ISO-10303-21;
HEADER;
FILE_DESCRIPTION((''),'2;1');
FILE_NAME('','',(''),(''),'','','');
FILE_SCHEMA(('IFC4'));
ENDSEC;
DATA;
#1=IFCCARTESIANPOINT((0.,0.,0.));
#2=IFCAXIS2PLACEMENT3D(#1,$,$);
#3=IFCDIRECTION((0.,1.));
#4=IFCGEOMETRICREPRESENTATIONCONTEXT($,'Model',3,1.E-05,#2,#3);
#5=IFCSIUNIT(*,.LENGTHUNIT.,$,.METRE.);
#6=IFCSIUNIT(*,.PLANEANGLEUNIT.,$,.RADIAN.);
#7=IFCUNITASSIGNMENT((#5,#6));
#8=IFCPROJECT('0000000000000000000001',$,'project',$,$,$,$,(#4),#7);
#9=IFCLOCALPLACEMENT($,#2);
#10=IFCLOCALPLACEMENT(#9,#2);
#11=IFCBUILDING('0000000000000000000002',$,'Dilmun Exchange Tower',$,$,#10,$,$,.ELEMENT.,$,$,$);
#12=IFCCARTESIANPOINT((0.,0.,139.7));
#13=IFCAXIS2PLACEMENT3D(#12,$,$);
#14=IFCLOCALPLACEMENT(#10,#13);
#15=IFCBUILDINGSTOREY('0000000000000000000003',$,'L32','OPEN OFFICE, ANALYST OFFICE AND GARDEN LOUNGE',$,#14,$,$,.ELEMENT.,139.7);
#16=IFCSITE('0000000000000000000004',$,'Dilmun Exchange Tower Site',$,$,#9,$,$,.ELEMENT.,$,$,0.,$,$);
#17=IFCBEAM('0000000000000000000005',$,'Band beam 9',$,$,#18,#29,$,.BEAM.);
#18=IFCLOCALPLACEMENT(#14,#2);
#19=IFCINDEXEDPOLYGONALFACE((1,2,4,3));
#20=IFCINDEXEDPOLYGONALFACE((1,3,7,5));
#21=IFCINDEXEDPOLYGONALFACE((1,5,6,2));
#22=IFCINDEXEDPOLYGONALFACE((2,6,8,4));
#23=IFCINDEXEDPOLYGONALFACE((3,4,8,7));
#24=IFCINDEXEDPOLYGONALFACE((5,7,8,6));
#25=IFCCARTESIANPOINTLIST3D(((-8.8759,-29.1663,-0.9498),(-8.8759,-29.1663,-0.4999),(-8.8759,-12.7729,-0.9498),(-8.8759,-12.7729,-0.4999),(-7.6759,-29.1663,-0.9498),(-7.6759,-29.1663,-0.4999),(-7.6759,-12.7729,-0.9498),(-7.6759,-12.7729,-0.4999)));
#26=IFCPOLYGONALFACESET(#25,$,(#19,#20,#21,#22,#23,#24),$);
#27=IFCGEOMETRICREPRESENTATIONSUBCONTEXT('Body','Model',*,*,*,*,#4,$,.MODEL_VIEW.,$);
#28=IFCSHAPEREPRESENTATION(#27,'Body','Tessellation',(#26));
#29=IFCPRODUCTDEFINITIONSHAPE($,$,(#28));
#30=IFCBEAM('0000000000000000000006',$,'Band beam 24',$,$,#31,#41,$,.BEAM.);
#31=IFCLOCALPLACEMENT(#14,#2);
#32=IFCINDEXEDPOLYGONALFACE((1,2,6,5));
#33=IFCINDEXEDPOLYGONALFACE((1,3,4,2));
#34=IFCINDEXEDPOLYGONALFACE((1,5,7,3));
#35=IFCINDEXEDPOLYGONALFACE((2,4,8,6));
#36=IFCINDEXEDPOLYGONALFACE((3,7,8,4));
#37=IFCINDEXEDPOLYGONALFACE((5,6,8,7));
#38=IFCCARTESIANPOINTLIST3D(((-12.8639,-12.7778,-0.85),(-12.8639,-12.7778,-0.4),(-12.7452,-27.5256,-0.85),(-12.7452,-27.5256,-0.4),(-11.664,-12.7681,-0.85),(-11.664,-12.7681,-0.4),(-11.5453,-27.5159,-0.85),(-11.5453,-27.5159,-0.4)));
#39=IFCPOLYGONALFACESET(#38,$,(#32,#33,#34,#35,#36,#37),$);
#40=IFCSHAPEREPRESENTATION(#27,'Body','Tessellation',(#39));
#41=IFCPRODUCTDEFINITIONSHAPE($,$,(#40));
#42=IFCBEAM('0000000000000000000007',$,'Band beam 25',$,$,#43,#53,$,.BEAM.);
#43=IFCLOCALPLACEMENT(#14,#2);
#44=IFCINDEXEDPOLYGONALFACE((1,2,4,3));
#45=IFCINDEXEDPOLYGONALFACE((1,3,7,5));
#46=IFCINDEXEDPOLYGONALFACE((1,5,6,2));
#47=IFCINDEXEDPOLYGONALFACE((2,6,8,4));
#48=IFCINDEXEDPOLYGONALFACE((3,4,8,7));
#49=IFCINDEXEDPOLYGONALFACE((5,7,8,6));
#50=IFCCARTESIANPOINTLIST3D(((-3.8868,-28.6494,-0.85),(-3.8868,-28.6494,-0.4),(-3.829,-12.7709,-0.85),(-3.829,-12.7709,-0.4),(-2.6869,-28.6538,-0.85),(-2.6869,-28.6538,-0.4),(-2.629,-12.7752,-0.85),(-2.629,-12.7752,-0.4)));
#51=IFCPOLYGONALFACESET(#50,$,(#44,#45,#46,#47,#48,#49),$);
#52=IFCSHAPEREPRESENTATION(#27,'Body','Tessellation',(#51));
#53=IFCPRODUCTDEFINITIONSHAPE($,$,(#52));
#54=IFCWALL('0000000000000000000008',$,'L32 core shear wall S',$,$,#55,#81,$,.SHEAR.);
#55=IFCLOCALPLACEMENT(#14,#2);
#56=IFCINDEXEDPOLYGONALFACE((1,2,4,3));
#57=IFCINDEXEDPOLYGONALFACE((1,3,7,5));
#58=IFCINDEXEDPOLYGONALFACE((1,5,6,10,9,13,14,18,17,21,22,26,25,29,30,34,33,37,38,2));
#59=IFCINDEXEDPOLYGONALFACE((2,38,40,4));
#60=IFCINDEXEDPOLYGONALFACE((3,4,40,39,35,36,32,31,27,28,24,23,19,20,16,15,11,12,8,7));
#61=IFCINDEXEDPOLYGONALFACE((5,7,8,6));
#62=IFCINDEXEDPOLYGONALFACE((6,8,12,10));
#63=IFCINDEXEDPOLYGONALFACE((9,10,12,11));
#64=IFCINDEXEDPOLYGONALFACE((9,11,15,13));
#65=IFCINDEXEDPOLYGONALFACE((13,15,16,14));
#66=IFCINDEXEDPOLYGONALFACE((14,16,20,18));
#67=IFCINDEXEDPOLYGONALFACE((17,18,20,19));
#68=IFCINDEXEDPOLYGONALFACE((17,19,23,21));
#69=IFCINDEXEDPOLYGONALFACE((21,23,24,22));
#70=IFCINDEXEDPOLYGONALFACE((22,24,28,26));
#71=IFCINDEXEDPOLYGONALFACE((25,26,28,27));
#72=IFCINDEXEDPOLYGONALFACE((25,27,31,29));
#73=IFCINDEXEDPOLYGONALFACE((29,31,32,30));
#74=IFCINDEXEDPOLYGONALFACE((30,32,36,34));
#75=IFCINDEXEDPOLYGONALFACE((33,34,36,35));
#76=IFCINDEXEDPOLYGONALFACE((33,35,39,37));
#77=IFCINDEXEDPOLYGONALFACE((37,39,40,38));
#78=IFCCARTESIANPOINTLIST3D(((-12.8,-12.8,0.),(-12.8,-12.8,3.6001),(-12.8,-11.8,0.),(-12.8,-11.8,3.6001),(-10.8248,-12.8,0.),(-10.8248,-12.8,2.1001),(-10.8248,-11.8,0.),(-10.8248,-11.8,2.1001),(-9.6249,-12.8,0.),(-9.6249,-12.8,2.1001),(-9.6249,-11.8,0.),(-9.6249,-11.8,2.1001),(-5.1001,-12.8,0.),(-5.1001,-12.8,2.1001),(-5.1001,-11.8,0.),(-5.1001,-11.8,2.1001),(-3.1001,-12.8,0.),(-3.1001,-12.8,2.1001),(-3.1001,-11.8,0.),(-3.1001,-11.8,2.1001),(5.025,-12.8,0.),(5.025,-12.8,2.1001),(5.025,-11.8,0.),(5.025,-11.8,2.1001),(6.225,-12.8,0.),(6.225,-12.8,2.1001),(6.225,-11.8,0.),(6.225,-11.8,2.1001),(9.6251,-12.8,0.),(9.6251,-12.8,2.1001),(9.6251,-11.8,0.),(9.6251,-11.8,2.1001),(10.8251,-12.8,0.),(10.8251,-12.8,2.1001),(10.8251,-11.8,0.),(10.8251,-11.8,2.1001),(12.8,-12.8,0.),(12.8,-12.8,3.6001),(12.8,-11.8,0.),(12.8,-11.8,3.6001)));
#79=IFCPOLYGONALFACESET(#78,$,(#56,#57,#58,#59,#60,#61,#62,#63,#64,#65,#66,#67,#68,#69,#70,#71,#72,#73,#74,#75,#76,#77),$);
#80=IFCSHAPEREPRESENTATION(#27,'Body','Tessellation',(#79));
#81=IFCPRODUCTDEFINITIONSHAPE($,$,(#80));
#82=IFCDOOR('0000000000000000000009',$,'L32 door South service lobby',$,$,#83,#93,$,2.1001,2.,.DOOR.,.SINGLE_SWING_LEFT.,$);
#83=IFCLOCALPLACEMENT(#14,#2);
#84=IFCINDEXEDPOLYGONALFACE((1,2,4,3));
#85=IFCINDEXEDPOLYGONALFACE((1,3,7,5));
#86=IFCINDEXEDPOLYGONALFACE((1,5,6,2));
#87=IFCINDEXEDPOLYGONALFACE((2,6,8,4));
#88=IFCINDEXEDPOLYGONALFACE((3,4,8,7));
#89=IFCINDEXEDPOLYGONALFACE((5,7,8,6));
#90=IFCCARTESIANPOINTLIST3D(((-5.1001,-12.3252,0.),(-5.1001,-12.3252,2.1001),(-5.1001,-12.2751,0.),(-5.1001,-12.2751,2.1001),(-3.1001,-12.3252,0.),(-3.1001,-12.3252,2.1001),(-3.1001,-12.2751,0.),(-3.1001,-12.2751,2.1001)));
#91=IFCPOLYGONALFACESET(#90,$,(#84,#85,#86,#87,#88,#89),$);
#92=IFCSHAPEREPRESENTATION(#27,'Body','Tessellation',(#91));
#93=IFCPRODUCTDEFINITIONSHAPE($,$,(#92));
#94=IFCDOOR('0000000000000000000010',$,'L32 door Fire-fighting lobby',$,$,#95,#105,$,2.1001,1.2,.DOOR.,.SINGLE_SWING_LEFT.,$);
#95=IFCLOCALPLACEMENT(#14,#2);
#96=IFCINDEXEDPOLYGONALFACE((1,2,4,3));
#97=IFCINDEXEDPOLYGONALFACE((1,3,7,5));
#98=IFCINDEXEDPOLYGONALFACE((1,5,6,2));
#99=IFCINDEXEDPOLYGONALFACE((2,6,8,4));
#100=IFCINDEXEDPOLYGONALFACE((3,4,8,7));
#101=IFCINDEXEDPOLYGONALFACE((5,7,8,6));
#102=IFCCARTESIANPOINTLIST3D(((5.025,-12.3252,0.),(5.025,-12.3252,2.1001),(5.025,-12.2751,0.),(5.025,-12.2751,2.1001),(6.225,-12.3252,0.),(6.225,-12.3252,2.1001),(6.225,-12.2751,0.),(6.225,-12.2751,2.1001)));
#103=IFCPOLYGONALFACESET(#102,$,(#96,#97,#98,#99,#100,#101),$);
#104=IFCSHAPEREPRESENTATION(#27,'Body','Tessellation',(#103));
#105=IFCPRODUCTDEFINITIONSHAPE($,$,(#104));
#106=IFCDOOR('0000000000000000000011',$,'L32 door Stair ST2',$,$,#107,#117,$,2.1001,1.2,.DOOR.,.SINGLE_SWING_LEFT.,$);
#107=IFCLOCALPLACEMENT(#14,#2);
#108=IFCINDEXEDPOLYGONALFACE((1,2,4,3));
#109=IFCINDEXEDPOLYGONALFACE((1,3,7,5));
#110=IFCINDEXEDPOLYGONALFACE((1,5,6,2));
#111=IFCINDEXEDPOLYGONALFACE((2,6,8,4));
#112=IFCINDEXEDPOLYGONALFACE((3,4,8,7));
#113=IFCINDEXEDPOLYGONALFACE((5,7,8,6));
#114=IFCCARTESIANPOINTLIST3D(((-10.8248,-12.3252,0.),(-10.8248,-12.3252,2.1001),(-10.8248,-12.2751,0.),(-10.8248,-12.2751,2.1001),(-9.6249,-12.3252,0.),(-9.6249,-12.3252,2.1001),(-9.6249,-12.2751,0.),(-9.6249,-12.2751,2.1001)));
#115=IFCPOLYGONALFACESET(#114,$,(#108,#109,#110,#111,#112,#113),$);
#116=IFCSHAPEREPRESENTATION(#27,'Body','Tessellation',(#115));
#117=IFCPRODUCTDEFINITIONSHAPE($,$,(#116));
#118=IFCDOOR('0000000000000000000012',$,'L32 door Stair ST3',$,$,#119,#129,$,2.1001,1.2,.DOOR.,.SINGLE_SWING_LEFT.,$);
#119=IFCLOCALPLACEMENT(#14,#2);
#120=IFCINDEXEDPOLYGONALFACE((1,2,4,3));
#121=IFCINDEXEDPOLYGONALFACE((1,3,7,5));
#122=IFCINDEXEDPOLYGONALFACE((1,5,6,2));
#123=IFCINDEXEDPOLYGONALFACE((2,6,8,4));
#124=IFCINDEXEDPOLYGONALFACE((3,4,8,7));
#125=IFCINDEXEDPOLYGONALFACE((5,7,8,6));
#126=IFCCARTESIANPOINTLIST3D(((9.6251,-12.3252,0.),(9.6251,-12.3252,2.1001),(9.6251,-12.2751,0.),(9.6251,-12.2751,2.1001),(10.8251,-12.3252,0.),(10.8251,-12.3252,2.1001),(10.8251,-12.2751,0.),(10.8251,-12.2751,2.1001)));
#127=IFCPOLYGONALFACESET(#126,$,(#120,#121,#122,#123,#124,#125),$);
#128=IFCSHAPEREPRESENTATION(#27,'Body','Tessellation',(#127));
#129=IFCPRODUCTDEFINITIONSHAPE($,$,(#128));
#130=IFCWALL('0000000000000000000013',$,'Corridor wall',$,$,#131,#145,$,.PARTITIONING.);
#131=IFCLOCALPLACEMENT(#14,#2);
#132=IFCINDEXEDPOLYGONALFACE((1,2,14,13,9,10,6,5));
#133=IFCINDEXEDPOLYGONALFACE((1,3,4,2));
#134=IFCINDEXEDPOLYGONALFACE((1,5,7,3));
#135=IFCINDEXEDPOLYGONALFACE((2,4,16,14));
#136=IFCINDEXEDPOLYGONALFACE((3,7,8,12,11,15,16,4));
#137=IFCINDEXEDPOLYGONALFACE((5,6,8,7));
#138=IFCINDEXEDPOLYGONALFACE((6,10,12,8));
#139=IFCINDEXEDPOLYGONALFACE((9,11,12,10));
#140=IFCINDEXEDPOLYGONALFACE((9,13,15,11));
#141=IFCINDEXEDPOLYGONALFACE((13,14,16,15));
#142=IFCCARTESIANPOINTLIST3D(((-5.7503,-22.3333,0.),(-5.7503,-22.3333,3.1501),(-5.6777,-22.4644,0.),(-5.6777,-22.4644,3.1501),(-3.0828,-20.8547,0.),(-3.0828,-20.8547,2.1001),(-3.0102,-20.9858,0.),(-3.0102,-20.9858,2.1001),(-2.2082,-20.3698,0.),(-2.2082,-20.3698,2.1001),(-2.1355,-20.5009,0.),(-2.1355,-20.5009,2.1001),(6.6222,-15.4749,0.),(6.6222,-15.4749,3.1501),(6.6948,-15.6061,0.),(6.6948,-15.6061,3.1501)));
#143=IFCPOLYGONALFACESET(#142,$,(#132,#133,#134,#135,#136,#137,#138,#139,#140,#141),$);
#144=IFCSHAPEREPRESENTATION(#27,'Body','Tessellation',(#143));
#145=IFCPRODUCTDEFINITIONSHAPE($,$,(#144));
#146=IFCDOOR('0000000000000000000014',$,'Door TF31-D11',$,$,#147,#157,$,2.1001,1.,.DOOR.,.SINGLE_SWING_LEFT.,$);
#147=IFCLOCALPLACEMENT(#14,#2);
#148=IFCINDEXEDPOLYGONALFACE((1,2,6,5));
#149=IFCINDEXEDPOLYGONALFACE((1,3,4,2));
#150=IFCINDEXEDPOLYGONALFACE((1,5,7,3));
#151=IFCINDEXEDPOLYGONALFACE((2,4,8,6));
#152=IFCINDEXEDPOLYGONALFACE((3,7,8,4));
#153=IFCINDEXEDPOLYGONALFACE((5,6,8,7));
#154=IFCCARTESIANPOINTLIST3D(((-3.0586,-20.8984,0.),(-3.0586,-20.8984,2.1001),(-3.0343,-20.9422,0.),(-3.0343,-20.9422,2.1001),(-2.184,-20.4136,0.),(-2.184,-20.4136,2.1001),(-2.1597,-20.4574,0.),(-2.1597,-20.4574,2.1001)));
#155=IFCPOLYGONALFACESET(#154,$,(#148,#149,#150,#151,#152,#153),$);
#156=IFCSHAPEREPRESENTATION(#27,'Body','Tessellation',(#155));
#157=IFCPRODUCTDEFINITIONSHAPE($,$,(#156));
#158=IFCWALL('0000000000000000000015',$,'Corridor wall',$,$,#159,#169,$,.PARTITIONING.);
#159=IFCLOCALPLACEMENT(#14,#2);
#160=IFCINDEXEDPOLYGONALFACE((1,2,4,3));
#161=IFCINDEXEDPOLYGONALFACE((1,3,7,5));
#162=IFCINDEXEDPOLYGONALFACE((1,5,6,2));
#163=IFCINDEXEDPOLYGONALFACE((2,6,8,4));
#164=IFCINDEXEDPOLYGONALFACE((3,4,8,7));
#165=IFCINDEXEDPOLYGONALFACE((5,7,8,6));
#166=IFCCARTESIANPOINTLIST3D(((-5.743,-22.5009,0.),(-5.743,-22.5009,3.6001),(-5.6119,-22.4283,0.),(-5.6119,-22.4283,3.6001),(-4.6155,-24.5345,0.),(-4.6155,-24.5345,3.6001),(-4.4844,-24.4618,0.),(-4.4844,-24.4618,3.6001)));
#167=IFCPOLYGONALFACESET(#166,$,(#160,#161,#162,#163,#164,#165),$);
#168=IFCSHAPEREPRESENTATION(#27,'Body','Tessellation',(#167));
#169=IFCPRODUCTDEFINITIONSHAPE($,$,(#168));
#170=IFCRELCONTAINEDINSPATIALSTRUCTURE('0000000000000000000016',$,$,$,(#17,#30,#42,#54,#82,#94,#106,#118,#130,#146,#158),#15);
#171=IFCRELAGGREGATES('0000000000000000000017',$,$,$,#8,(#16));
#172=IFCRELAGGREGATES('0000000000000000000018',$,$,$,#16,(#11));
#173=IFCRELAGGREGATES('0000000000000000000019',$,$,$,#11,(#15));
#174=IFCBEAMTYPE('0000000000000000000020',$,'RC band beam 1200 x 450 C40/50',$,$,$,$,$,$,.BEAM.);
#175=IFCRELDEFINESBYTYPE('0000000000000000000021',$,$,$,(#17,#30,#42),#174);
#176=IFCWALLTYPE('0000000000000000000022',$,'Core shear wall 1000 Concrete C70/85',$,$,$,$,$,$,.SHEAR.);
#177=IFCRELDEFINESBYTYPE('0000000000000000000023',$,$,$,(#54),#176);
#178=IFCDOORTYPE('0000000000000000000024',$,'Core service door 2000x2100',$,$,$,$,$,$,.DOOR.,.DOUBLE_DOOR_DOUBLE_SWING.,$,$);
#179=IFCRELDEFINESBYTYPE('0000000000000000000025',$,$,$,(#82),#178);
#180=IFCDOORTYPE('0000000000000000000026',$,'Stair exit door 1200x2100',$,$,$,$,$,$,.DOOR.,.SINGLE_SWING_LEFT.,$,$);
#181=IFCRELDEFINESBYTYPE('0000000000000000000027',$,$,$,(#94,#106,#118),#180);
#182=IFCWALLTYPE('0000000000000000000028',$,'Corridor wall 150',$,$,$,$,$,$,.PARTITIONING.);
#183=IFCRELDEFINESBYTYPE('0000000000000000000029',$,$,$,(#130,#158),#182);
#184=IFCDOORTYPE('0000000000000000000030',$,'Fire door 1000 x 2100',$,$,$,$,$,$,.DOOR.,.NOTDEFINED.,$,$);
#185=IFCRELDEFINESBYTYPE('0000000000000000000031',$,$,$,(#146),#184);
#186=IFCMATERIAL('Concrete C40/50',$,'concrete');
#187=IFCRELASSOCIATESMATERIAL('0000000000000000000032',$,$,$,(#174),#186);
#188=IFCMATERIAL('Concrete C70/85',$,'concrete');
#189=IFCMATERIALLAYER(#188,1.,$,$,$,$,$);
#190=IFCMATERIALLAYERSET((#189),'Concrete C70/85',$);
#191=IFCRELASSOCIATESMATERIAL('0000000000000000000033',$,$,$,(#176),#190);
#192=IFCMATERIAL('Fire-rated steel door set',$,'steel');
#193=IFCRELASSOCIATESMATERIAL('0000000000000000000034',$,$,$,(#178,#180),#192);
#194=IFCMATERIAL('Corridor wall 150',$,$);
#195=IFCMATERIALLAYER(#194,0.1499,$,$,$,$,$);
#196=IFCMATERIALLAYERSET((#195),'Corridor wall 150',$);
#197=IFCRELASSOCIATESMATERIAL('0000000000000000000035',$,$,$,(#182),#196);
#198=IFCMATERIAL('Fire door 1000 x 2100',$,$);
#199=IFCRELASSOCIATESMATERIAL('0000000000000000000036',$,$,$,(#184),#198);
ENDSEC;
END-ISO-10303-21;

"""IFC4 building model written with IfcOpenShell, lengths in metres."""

from ifc_helpers import new_model, si_unit, direction, frame, frame_2d, origin, origin_2d, place, context, subcontext, project, spatial, rectangle, extrude, material, layer, layer_set, material_profile, profile_set, type_object, element, fill, save


model = new_model("IFC4")

# Units and contexts
model_context = context("Model", 3, precision=1e-05, world=origin(), true_north=direction((0.0, 1.0)))
body_context = subcontext(model_context, "Body", "Model", "MODEL_VIEW")
ifc_project = project(units=[si_unit("LENGTHUNIT", "METRE"), si_unit("PLANEANGLEUNIT", "RADIAN")], contexts=[model_context])

# Site, building, storey
site_placement = place(None, origin())
site = spatial("IfcSite", under=ifc_project, at=site_placement, Name="Dilmun Exchange Tower Site", CompositionType="ELEMENT", RefElevation=0.0)
building_placement = place(site_placement, origin())
building = spatial("IfcBuilding", under=site, at=building_placement, Name="Dilmun Exchange Tower", CompositionType="ELEMENT")
storey_placement = place(building_placement, frame((0.0, 0.0, 139.7)))
storey = spatial("IfcBuildingStorey", under=building, at=storey_placement, Name="L32", Description="OPEN OFFICE, ANALYST OFFICE AND GARDEN LOUNGE", CompositionType="ELEMENT", Elevation=139.7)

# Beams
ifc_material_1 = material(Name="Concrete C40/50", Category="concrete")
ifc_material_profile = material_profile(ifc_material_1, rectangle(XDim=1.2, YDim=0.45, at=origin_2d()), Name="1200 x 450")
ifc_profile_set = profile_set([ifc_material_profile], Name="Concrete C40/50")
beam_type = type_object("IfcBeamType", Name="RC band beam 1200 x 450 C40/50", PredefinedType="BEAM", material=ifc_profile_set)
beam_1_placement = place(storey_placement, frame((-8.2759, -29.1663, -0.7249), z_axis=(0.0, 1.0, 0.0), x_axis=(-1.0, 0.0, 0.0)))
element("IfcBeam", 1, at=beam_1_placement, inside=storey, type_object=beam_type, Name="Band beam 9", PredefinedType="BEAM", context=body_context, shape_type="SweptSolid", body=[
    extrude(rectangle(XDim=1.2, YDim=0.45, at=origin_2d()), origin(), (0.0, 0.0, 1.0), 16.3933),
])
beam_2_placement = place(storey_placement, frame((-12.1453, -27.5208, -0.625), z_axis=(-0.008045, 0.999968, 0.0), x_axis=(-0.999968, -0.008045, 0.0)))
element("IfcBeam", 2, at=beam_2_placement, inside=storey, type_object=beam_type, Name="Band beam 24", PredefinedType="BEAM", context=body_context, shape_type="SweptSolid", body=[
    extrude(rectangle(XDim=1.2, YDim=0.45, at=origin_2d()), origin(), (0.0, 0.0, 1.0), 14.7483),
])
beam_3_placement = place(storey_placement, frame((-3.2869, -28.6516, -0.625), z_axis=(0.003644, 0.999993, 0.0), x_axis=(-0.999993, 0.003644, 0.0)))
element("IfcBeam", 3, at=beam_3_placement, inside=storey, type_object=beam_type, Name="Band beam 25", PredefinedType="BEAM", context=body_context, shape_type="SweptSolid", body=[
    extrude(rectangle(XDim=1.2, YDim=0.45, at=origin_2d()), origin(), (0.0, 0.0, 1.0), 15.8787),
])

# Wall, openings, doors
ifc_material_2 = material(Name="Concrete C70/85", Category="concrete")
ifc_layer_1 = layer(ifc_material_2, 1.0)
ifc_layer_set_1 = layer_set([ifc_layer_1], Name="Concrete C70/85")
wall_type_1 = type_object("IfcWallType", Name="Core shear wall 1000 Concrete C70/85", PredefinedType="SHEAR", material=ifc_layer_set_1)
wall_1_placement = place(storey_placement, frame((-12.8, -12.3, 0.0), z_axis=(0.0, 0.0, 1.0), x_axis=(1.0, 0.0, 0.0)))
wall_1 = element("IfcWall", 4, at=wall_1_placement, inside=storey, type_object=wall_type_1, Name="L32 core shear wall S", PredefinedType="SHEAR", context=body_context, shape_type="SweptSolid", body=[
    extrude(rectangle(XDim=25.6001, YDim=1.0, at=frame_2d((12.8, 0.0))), origin(), (0.0, 0.0, 1.0), 3.6001),
])
opening_1_placement = place(wall_1_placement, frame((7.7, 0.0, 0.0)))
opening_1 = element("IfcOpeningElement", 5, at=opening_1_placement, cuts=wall_1, PredefinedType="OPENING", context=body_context, shape_type="SweptSolid", body=[
    extrude(rectangle(XDim=2.0, YDim=2.1001, at=frame_2d((1.0, 1.05))), frame((0.0, 0.51, 0.0), z_axis=(0.0, -1.0, 0.0), x_axis=(1.0, 0.0, 0.0)), (0.0, 0.0, 1.0), 1.02),
])
opening_2_placement = place(wall_1_placement, frame((17.825, 0.0, 0.0)))
opening_2 = element("IfcOpeningElement", 6, at=opening_2_placement, cuts=wall_1, PredefinedType="OPENING", context=body_context, shape_type="SweptSolid", body=[
    extrude(rectangle(XDim=1.2, YDim=2.1001, at=frame_2d((0.6001, 1.05))), frame((0.0, 0.51, 0.0), z_axis=(0.0, -1.0, 0.0), x_axis=(1.0, 0.0, 0.0)), (0.0, 0.0, 1.0), 1.02),
])
opening_3_placement = place(wall_1_placement, frame((1.9751, 0.0, 0.0)))
opening_3 = element("IfcOpeningElement", 7, at=opening_3_placement, cuts=wall_1, PredefinedType="OPENING", context=body_context, shape_type="SweptSolid", body=[
    extrude(rectangle(XDim=1.2, YDim=2.1001, at=frame_2d((0.6001, 1.05))), frame((0.0, 0.51, 0.0), z_axis=(0.0, -1.0, 0.0), x_axis=(1.0, 0.0, 0.0)), (0.0, 0.0, 1.0), 1.02),
])
opening_4_placement = place(wall_1_placement, frame((22.425, 0.0, 0.0)))
opening_4 = element("IfcOpeningElement", 8, at=opening_4_placement, cuts=wall_1, PredefinedType="OPENING", context=body_context, shape_type="SweptSolid", body=[
    extrude(rectangle(XDim=1.2, YDim=2.1001, at=frame_2d((0.6001, 1.05))), frame((0.0, 0.51, 0.0), z_axis=(0.0, -1.0, 0.0), x_axis=(1.0, 0.0, 0.0)), (0.0, 0.0, 1.0), 1.02),
])
ifc_material_3 = material(Name="Fire-rated steel door set", Category="steel")
door_type_1 = type_object("IfcDoorType", Name="Core service door 2000x2100", OperationType="DOUBLE_DOOR_DOUBLE_SWING", PredefinedType="DOOR", material=ifc_material_3)
door_1_placement = place(opening_1_placement, origin())
door_1 = element("IfcDoor", 9, at=door_1_placement, inside=storey, type_object=door_type_1, Name="L32 door South service lobby", OperationType="SINGLE_SWING_LEFT", OverallHeight=2.1001, OverallWidth=2.0, PredefinedType="DOOR", context=body_context, shape_type="SweptSolid", body=[
    extrude(rectangle(XDim=2.0, YDim=2.1001, at=frame_2d((1.0, 1.05))), frame((0.0, 0.0249, 0.0), z_axis=(0.0, -1.0, 0.0), x_axis=(1.0, 0.0, 0.0)), (0.0, 0.0, 1.0), 0.05),
])
fill(opening_1, door_1)
door_type_2 = type_object("IfcDoorType", Name="Stair exit door 1200x2100", OperationType="SINGLE_SWING_LEFT", PredefinedType="DOOR", material=ifc_material_3)
door_2_placement = place(opening_2_placement, origin())
door_2 = element("IfcDoor", 10, at=door_2_placement, inside=storey, type_object=door_type_2, Name="L32 door Fire-fighting lobby", OperationType="SINGLE_SWING_LEFT", OverallHeight=2.1001, OverallWidth=1.2, PredefinedType="DOOR", context=body_context, shape_type="SweptSolid", body=[
    extrude(rectangle(XDim=1.2, YDim=2.1001, at=frame_2d((0.6001, 1.05))), frame((0.0, 0.0249, 0.0), z_axis=(0.0, -1.0, 0.0), x_axis=(1.0, 0.0, 0.0)), (0.0, 0.0, 1.0), 0.05),
])
fill(opening_2, door_2)
door_3_placement = place(opening_3_placement, origin())
door_3 = element("IfcDoor", 11, at=door_3_placement, inside=storey, type_object=door_type_2, Name="L32 door Stair ST2", OperationType="SINGLE_SWING_LEFT", OverallHeight=2.1001, OverallWidth=1.2, PredefinedType="DOOR", context=body_context, shape_type="SweptSolid", body=[
    extrude(rectangle(XDim=1.2, YDim=2.1001, at=frame_2d((0.6001, 1.05))), frame((0.0, 0.0249, 0.0), z_axis=(0.0, -1.0, 0.0), x_axis=(1.0, 0.0, 0.0)), (0.0, 0.0, 1.0), 0.05),
])
fill(opening_3, door_3)
door_4_placement = place(opening_4_placement, origin())
door_4 = element("IfcDoor", 12, at=door_4_placement, inside=storey, type_object=door_type_2, Name="L32 door Stair ST3", OperationType="SINGLE_SWING_LEFT", OverallHeight=2.1001, OverallWidth=1.2, PredefinedType="DOOR", context=body_context, shape_type="SweptSolid", body=[
    extrude(rectangle(XDim=1.2, YDim=2.1001, at=frame_2d((0.6001, 1.05))), frame((0.0, 0.0249, 0.0), z_axis=(0.0, -1.0, 0.0), x_axis=(1.0, 0.0, 0.0)), (0.0, 0.0, 1.0), 0.05),
])
fill(opening_4, door_4)

# Wall, opening, door
ifc_material_4 = material(Name="Corridor wall 150")
ifc_layer_2 = layer(ifc_material_4, 0.1499)
ifc_layer_set_2 = layer_set([ifc_layer_2], Name="Corridor wall 150")
wall_type_2 = type_object("IfcWallType", Name="Corridor wall 150", PredefinedType="PARTITIONING", material=ifc_layer_set_2)
wall_2_placement = place(storey_placement, frame((-5.7141, -22.3989, 0.0), z_axis=(0.0, 0.0, 1.0), x_axis=(0.874614, 0.484819, 0.0)))
wall_2 = element("IfcWall", 13, at=wall_2_placement, inside=storey, type_object=wall_type_2, Name="Corridor wall", PredefinedType="PARTITIONING", context=body_context, shape_type="SweptSolid", body=[
    extrude(rectangle(XDim=14.1462, YDim=0.1499, at=frame_2d((7.0732, 0.0))), origin(), (0.0, 0.0, 1.0), 3.1501),
])
opening_5_placement = place(wall_2_placement, frame((3.05, 0.0, 0.0)))
opening_5 = element("IfcOpeningElement", 14, at=opening_5_placement, cuts=wall_2, PredefinedType="OPENING", context=body_context, shape_type="SweptSolid", body=[
    extrude(rectangle(XDim=1.0, YDim=2.1001, at=frame_2d((0.5, 1.05))), frame((0.0, 0.085, 0.0), z_axis=(0.0, -1.0, 0.0), x_axis=(1.0, 0.0, 0.0)), (0.0, 0.0, 1.0), 0.1699),
])
ifc_material_5 = material(Name="Fire door 1000 x 2100")
door_type_3 = type_object("IfcDoorType", Name="Fire door 1000 x 2100", OperationType="NOTDEFINED", PredefinedType="DOOR", material=ifc_material_5)
door_5_placement = place(opening_5_placement, origin())
door_5 = element("IfcDoor", 15, at=door_5_placement, inside=storey, type_object=door_type_3, Name="Door TF31-D11", OperationType="SINGLE_SWING_LEFT", OverallHeight=2.1001, OverallWidth=1.0, PredefinedType="DOOR", context=body_context, shape_type="SweptSolid", body=[
    extrude(rectangle(XDim=1.0, YDim=2.1001, at=frame_2d((0.5, 1.05))), frame((0.0, 0.0249, 0.0), z_axis=(0.0, -1.0, 0.0), x_axis=(1.0, 0.0, 0.0)), (0.0, 0.0, 1.0), 0.05),
])
fill(opening_5, door_5)

# Wall
wall_3_placement = place(storey_placement, frame((-5.6775, -22.4646, 0.0), z_axis=(0.0, 0.0, 1.0), x_axis=(0.484903, -0.874568, 0.0)))
element("IfcWall", 16, at=wall_3_placement, inside=storey, type_object=wall_type_2, Name="Corridor wall", PredefinedType="PARTITIONING", context=body_context, shape_type="SweptSolid", body=[
    extrude(rectangle(XDim=2.3252, YDim=0.1499, at=frame_2d((1.1626, 0.0))), origin(), (0.0, 0.0, 1.0), 3.6001),
])

save(model, "model.ifc")
